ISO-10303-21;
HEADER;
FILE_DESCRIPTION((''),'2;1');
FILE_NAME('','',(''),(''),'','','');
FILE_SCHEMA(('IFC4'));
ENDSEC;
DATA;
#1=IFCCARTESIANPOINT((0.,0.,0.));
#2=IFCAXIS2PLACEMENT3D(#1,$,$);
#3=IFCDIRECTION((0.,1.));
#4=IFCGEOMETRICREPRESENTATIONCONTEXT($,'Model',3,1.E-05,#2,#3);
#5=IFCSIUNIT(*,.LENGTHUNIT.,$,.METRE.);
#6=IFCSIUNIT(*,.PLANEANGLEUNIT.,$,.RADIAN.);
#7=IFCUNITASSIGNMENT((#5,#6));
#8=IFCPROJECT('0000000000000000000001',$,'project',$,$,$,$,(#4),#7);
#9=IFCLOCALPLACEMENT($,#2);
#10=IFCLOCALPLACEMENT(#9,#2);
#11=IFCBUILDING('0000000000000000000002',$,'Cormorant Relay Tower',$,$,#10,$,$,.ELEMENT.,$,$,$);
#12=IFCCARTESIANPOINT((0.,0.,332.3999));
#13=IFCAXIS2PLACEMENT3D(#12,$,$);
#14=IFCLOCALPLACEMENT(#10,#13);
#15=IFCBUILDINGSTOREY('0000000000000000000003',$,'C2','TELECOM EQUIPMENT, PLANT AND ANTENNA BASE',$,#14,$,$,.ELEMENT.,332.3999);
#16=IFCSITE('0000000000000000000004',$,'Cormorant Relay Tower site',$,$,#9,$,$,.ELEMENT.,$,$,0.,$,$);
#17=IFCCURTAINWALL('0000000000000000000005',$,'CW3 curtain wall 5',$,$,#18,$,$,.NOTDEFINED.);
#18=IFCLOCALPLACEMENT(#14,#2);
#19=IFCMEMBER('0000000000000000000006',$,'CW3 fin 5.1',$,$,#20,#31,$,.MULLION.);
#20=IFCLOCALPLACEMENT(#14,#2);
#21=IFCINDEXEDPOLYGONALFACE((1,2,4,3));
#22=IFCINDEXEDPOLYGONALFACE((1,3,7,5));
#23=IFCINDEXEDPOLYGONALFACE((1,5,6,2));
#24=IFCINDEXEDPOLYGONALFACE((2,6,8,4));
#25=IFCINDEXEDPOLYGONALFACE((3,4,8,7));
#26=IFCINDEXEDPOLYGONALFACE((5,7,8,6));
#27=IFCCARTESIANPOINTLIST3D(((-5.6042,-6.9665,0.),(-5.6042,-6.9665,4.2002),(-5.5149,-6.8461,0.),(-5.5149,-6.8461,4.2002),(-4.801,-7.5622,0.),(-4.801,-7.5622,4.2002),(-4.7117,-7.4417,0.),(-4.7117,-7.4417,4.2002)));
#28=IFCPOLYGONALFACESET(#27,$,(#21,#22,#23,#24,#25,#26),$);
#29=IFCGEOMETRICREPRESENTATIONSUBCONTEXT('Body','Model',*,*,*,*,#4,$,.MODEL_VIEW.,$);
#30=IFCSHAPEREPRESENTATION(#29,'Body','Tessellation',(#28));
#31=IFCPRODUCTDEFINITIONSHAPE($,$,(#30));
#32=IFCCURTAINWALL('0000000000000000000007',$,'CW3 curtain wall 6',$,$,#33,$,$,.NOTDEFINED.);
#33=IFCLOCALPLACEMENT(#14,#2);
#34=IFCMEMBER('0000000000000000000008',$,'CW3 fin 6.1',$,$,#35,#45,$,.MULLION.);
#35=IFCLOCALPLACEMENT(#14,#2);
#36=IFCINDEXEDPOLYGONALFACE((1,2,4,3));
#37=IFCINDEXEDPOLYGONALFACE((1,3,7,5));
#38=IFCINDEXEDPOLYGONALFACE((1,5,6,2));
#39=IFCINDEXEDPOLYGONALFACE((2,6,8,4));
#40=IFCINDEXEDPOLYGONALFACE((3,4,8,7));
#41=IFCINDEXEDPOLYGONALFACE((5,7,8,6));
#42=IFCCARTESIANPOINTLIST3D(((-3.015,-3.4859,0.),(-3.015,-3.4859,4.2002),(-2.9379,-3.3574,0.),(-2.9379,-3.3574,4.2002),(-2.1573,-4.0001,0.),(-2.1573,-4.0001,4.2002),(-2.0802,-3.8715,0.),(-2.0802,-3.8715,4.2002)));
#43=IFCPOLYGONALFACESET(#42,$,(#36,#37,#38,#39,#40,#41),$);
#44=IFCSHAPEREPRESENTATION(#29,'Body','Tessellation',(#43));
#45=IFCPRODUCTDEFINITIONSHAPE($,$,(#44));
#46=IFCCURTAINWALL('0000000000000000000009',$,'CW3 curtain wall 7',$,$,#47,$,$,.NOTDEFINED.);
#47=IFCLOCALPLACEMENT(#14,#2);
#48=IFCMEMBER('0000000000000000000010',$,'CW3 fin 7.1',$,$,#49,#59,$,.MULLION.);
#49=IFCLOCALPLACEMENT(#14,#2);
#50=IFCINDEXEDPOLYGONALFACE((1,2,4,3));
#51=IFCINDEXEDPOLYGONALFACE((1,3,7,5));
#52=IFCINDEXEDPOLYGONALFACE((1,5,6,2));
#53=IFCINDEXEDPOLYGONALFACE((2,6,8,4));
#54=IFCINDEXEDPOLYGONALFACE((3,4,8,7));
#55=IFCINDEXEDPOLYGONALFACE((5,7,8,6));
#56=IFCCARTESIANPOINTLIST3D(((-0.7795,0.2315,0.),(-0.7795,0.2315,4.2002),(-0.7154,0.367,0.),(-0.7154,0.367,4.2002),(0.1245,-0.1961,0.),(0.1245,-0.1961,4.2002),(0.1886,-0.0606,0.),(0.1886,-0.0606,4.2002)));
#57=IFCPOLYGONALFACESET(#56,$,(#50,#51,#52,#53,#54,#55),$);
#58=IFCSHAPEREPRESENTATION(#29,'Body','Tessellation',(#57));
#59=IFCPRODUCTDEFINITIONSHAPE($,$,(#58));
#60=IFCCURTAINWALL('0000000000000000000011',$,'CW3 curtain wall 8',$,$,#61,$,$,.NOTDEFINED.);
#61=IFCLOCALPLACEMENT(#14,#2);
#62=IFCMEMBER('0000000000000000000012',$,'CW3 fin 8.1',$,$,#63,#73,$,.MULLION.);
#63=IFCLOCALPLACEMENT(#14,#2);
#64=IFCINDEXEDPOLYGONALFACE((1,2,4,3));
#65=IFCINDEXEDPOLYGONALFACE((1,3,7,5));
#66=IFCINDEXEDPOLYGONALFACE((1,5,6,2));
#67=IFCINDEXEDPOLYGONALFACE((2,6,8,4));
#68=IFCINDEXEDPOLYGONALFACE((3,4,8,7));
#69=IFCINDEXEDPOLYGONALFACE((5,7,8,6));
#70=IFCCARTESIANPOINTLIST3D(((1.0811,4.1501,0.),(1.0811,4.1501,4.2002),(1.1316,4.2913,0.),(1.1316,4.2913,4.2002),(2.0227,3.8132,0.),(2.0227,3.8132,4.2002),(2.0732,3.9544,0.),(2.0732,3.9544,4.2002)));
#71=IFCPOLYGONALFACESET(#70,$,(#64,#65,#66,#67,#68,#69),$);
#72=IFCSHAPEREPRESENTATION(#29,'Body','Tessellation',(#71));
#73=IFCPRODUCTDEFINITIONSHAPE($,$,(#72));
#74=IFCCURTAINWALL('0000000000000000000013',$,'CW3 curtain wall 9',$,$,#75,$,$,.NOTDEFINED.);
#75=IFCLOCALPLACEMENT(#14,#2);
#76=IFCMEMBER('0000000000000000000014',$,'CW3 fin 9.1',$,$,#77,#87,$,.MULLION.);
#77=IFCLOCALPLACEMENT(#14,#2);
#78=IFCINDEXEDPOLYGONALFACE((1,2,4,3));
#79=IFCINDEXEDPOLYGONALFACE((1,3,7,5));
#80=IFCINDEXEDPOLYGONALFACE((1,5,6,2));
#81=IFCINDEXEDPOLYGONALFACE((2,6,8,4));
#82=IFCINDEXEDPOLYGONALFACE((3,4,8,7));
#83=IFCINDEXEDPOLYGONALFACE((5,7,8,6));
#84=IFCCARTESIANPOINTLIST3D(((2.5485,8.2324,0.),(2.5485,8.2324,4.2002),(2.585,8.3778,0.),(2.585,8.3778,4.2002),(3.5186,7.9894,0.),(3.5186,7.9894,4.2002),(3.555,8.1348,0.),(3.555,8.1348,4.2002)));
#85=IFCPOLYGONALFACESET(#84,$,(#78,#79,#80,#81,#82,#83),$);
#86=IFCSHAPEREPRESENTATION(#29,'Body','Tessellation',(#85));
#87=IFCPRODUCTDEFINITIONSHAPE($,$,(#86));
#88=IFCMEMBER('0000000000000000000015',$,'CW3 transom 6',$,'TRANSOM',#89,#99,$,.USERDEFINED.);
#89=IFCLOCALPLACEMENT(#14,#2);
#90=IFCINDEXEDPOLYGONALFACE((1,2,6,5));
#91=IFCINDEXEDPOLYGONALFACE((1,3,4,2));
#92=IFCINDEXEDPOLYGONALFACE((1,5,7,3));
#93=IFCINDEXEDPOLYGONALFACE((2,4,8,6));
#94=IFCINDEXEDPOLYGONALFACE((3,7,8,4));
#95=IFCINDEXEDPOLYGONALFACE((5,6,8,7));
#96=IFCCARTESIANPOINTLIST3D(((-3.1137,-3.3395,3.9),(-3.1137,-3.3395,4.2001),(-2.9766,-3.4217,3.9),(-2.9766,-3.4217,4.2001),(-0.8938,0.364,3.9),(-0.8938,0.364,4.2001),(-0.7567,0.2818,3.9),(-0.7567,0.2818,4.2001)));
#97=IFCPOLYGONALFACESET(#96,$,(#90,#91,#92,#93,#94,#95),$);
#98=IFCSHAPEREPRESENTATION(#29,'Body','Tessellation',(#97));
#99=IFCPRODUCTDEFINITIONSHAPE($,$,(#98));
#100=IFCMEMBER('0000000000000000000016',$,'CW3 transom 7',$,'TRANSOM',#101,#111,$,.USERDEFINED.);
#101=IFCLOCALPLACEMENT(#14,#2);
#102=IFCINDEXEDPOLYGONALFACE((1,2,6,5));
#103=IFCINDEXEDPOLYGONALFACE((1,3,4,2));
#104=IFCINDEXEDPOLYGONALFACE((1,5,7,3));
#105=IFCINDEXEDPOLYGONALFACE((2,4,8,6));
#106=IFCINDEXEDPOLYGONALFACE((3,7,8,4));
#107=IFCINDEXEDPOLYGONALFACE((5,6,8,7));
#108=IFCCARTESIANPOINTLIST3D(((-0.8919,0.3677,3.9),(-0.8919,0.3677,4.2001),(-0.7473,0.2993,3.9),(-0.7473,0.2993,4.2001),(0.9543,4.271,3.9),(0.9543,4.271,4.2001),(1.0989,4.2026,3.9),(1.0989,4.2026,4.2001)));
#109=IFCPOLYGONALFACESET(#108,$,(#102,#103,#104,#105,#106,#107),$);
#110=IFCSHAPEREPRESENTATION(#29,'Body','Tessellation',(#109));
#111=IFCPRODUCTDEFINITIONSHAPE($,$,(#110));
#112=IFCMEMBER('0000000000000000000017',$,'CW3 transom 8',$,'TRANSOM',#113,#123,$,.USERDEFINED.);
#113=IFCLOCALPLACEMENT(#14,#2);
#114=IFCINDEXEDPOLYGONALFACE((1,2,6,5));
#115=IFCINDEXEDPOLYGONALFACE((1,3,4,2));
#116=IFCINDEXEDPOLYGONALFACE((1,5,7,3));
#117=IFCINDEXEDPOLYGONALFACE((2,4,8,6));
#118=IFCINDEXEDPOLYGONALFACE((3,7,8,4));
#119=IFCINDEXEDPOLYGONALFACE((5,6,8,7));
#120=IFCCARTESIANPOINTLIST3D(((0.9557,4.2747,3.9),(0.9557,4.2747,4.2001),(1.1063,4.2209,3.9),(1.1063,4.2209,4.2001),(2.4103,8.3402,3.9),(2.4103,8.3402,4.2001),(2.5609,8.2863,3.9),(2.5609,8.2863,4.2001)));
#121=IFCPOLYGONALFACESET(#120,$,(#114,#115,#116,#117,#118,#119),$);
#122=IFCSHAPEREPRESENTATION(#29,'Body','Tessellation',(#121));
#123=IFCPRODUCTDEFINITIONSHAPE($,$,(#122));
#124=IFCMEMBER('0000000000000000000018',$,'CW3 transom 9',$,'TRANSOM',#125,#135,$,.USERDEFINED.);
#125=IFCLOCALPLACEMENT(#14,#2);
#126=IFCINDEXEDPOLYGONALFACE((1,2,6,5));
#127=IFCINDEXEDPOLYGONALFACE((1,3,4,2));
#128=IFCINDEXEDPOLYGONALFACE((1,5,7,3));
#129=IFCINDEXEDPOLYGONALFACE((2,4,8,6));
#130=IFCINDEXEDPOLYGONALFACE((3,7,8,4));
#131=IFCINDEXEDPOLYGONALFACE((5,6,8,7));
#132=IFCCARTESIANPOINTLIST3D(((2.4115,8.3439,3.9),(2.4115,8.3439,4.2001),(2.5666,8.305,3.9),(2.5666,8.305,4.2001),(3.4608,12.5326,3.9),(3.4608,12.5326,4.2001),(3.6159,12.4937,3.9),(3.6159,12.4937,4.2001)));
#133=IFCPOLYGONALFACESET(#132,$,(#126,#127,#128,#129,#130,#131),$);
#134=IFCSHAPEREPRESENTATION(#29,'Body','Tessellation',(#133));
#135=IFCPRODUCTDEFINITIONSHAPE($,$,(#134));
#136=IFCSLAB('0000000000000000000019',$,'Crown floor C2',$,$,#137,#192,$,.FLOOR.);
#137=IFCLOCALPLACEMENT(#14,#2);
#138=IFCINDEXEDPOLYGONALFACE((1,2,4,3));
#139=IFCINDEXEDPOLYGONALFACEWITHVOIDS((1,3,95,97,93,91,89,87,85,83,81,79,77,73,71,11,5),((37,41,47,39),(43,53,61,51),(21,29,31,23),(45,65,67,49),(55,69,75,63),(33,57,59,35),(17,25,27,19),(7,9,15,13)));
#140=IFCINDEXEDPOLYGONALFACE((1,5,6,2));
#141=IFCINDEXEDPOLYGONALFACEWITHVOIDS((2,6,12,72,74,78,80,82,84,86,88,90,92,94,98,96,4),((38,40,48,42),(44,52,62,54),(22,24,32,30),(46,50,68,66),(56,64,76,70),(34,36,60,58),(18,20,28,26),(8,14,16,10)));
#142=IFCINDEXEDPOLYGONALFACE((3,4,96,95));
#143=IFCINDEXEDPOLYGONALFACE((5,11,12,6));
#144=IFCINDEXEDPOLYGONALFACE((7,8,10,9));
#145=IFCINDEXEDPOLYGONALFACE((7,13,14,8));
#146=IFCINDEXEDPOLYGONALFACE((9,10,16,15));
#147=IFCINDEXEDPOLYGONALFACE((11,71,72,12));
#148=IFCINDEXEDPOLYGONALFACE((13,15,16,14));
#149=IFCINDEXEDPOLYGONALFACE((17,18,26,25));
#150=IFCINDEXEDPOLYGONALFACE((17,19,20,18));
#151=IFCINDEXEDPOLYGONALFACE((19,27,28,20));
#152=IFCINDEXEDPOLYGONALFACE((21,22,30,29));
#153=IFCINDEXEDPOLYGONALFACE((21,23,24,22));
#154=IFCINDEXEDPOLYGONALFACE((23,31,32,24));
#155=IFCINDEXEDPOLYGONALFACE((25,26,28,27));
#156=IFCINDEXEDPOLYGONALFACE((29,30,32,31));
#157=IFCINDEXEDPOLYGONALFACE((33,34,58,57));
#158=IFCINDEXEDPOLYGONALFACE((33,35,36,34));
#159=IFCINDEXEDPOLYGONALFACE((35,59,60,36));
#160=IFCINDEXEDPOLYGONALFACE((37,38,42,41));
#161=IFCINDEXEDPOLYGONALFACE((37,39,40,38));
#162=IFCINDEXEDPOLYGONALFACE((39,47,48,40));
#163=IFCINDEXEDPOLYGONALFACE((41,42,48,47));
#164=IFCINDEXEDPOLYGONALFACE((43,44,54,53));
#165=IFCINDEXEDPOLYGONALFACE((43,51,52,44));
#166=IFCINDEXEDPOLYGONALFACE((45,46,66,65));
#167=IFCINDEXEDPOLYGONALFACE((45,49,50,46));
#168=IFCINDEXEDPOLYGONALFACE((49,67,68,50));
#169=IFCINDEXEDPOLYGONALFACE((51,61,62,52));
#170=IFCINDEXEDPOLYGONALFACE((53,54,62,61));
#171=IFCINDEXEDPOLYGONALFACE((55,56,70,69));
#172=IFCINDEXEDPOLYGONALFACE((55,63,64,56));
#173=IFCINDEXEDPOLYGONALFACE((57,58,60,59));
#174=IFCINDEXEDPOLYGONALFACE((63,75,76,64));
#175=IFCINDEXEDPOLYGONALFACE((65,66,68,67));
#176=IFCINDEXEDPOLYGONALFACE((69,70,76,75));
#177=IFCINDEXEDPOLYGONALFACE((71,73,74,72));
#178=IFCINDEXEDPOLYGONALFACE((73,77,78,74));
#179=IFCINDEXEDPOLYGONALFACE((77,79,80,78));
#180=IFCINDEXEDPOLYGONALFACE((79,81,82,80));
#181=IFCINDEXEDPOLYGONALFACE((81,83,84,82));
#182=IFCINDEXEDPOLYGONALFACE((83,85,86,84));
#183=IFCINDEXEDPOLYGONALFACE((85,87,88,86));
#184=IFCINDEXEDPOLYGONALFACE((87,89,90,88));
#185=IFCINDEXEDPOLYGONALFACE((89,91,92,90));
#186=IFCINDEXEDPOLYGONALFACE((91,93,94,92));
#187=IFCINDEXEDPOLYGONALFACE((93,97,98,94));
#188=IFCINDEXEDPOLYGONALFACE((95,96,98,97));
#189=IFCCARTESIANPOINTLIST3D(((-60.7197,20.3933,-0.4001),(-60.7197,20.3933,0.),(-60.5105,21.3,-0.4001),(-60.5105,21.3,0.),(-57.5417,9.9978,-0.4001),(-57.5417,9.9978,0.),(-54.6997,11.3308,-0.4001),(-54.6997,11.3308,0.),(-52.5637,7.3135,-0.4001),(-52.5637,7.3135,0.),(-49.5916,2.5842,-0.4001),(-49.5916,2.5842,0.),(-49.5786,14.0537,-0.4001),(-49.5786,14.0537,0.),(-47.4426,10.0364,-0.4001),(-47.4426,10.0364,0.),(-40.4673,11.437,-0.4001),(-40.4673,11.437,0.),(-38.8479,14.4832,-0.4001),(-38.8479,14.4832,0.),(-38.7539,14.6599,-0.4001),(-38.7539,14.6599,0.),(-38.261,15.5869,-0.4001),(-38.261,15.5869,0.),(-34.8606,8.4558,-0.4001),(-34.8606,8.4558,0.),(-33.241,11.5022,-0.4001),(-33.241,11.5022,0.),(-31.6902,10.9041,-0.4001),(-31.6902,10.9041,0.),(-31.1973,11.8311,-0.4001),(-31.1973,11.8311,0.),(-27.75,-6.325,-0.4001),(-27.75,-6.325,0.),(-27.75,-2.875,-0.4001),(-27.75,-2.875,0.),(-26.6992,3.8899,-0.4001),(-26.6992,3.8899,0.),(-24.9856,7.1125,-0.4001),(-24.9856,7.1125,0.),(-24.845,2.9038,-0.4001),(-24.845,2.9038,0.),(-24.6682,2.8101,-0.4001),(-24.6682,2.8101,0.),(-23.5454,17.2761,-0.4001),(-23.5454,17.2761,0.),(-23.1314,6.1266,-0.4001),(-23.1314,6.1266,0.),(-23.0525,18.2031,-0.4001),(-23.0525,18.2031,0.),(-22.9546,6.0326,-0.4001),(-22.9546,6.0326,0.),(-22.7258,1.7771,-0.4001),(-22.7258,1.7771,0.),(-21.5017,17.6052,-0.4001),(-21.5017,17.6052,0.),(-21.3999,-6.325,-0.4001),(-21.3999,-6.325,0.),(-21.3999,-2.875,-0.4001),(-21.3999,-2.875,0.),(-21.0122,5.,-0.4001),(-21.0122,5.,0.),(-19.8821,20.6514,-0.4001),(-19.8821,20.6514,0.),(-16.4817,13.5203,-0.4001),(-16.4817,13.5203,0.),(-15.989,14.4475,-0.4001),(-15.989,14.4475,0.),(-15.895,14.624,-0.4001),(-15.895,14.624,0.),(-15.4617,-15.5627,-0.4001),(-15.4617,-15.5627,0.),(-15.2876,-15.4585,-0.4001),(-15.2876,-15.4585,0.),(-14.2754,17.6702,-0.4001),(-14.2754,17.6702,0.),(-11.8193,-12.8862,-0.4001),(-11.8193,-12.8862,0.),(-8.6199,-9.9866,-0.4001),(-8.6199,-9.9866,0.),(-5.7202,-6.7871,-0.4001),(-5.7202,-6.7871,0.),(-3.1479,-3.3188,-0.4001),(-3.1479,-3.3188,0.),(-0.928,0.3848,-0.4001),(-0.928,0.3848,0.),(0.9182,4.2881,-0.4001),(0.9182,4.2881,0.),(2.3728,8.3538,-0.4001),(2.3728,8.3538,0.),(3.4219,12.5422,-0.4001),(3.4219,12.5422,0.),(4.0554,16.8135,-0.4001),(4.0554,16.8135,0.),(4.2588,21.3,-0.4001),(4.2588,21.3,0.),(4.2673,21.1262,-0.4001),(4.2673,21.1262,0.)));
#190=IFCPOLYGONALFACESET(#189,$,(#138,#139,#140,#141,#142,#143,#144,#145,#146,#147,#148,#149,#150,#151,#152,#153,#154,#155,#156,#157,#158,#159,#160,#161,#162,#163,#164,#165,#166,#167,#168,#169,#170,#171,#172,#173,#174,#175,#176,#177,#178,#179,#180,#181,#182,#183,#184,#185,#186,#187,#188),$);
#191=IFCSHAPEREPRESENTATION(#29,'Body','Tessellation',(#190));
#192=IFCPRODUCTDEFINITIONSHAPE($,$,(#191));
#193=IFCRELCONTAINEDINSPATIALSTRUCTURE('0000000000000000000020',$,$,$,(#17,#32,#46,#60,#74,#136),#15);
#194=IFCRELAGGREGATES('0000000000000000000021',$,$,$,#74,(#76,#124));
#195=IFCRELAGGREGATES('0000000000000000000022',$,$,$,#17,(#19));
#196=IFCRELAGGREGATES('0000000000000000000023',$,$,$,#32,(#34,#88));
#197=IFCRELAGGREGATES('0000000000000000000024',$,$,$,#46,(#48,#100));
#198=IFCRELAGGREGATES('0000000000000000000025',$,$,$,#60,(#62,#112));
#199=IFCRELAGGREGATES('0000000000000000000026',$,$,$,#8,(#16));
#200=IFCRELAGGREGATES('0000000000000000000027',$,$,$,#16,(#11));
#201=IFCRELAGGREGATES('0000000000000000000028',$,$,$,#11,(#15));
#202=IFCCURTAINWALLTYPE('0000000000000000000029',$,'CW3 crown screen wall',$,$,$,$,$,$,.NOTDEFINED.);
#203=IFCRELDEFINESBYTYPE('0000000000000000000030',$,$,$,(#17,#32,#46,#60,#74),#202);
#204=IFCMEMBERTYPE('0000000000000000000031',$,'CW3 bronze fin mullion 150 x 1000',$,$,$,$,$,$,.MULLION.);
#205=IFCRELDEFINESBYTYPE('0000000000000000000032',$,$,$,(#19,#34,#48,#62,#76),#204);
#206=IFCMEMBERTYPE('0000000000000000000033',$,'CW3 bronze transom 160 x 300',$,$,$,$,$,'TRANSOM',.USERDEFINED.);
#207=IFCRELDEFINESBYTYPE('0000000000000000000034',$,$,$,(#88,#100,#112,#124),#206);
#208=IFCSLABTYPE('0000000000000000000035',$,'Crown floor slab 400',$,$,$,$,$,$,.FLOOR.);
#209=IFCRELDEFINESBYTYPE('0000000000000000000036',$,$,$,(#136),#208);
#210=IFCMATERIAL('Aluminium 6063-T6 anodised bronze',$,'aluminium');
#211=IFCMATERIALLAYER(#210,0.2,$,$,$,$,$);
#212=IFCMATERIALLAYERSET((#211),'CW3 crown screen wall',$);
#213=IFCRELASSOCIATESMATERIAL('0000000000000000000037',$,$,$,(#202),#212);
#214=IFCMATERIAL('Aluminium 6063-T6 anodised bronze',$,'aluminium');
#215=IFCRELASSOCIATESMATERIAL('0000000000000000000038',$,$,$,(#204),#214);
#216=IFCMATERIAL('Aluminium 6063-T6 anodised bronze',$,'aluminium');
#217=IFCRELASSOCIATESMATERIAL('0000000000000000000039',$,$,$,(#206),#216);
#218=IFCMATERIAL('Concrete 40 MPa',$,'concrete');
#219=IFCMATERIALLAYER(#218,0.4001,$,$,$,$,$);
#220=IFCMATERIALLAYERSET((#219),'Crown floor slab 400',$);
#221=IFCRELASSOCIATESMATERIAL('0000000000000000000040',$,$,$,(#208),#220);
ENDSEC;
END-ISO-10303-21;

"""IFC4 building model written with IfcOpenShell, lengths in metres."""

from ifc_helpers import new_model, si_unit, direction, frame, origin, origin_2d, place, context, subcontext, project, spatial, polyline, rectangle, outline, extrude, material, layer, layer_set, material_profile, profile_set, type_object, element, aggregate, save


model = new_model("IFC4")

# Units and contexts
model_context = context("Model", 3, precision=1e-05, world=origin(), true_north=direction((0.0, 1.0)))
body_context = subcontext(model_context, "Body", "Model", "MODEL_VIEW")
ifc_project = project(units=[si_unit("LENGTHUNIT", "METRE"), si_unit("PLANEANGLEUNIT", "RADIAN")], contexts=[model_context])

# Site, building, storey
site_placement = place(None, origin())
site = spatial("IfcSite", under=ifc_project, at=site_placement, Name="Cormorant Relay Tower site", CompositionType="ELEMENT", RefElevation=0.0)
building_placement = place(site_placement, origin())
building = spatial("IfcBuilding", under=site, at=building_placement, Name="Cormorant Relay Tower", CompositionType="ELEMENT")
storey_placement = place(building_placement, frame((0.0, 0.0, 332.3999)))
storey = spatial("IfcBuildingStorey", under=building, at=storey_placement, Name="C2", Description="TELECOM EQUIPMENT, PLANT AND ANTENNA BASE", CompositionType="ELEMENT", Elevation=332.3999)

# Curtain walls, members
ifc_material_1 = material(Name="Aluminium 6063-T6 anodised bronze", Category="aluminium")
ifc_layer_1 = layer(ifc_material_1, 0.2)
ifc_layer_set_1 = layer_set([ifc_layer_1], Name="CW3 crown screen wall")
curtain_wall_type = type_object("IfcCurtainWallType", Name="CW3 crown screen wall", PredefinedType="NOTDEFINED", material=ifc_layer_set_1)
curtain_wall_1_placement = place(storey_placement, origin())
curtain_wall_1 = element("IfcCurtainWall", 1, at=curtain_wall_1_placement, inside=storey, type_object=curtain_wall_type, Name="CW3 curtain wall 5", PredefinedType="NOTDEFINED")
ifc_material_2 = material(Name="Aluminium 6063-T6 anodised bronze", Category="aluminium")
ifc_material_profile_1 = material_profile(ifc_material_2, rectangle(XDim=0.1499, YDim=1.0, at=origin_2d()), Name="AL 150x1000")
ifc_profile_set_1 = profile_set([ifc_material_profile_1], Name="Aluminium 6063-T6 anodised bronze")
member_type_1 = type_object("IfcMemberType", Name="CW3 bronze fin mullion 150 x 1000", PredefinedType="MULLION", material=ifc_profile_set_1)
member_1_placement = place(storey_placement, frame((-5.158, -7.2041, 0.0), z_axis=(0.0, 0.0, 1.0), x_axis=(0.595699, 0.803208, 0.0)))
member_1 = element("IfcMember", 2, at=member_1_placement, type_object=member_type_1, Name="CW3 fin 5.1", PredefinedType="MULLION", context=body_context, shape_type="SweptSolid", body=[
    extrude(rectangle(XDim=0.1499, YDim=1.0, at=origin_2d()), origin(), (0.0, 0.0, 1.0), 4.2002),
])
curtain_wall_2_placement = place(storey_placement, origin())
curtain_wall_2 = element("IfcCurtainWall", 3, at=curtain_wall_2_placement, inside=storey, type_object=curtain_wall_type, Name="CW3 curtain wall 6", PredefinedType="NOTDEFINED")
member_2_placement = place(storey_placement, frame((-2.5476, -3.6787, 0.0), z_axis=(0.0, 0.0, 1.0), x_axis=(0.514103, 0.857729, 0.0)))
member_2 = element("IfcMember", 4, at=member_2_placement, type_object=member_type_1, Name="CW3 fin 6.1", PredefinedType="MULLION", context=body_context, shape_type="SweptSolid", body=[
    extrude(rectangle(XDim=0.1499, YDim=1.0, at=origin_2d()), origin(), (0.0, 0.0, 1.0), 4.2002),
])
curtain_wall_3_placement = place(storey_placement, origin())
curtain_wall_3 = element("IfcCurtainWall", 5, at=curtain_wall_3_placement, inside=storey, type_object=curtain_wall_type, Name="CW3 curtain wall 7", PredefinedType="NOTDEFINED")
member_3_placement = place(storey_placement, frame((-0.2954, 0.0854, 0.0), z_axis=(0.0, 0.0, 1.0), x_axis=(0.427555, 0.903989, 0.0)))
member_3 = element("IfcMember", 6, at=member_3_placement, type_object=member_type_1, Name="CW3 fin 7.1", PredefinedType="MULLION", context=body_context, shape_type="SweptSolid", body=[
    extrude(rectangle(XDim=0.1499, YDim=1.0, at=origin_2d()), origin(), (0.0, 0.0, 1.0), 4.2002),
])
curtain_wall_4_placement = place(storey_placement, origin())
curtain_wall_4 = element("IfcCurtainWall", 7, at=curtain_wall_4_placement, inside=storey, type_object=curtain_wall_type, Name="CW3 curtain wall 8", PredefinedType="NOTDEFINED")
member_4_placement = place(storey_placement, frame((1.5771, 4.0522, 0.0), z_axis=(0.0, 0.0, 1.0), x_axis=(0.33689, 0.941544, 0.0)))
member_4 = element("IfcMember", 8, at=member_4_placement, type_object=member_type_1, Name="CW3 fin 8.1", PredefinedType="MULLION", context=body_context, shape_type="SweptSolid", body=[
    extrude(rectangle(XDim=0.1499, YDim=1.0, at=origin_2d()), origin(), (0.0, 0.0, 1.0), 4.2002),
])
curtain_wall_5_placement = place(storey_placement, origin())
curtain_wall_5 = element("IfcCurtainWall", 9, at=curtain_wall_5_placement, inside=storey, type_object=curtain_wall_type, Name="CW3 curtain wall 9", PredefinedType="NOTDEFINED")
member_5_placement = place(storey_placement, frame((3.0518, 8.1836, 0.0), z_axis=(0.0, 0.0, 1.0), x_axis=(0.24298, 0.970031, 0.0)))
member_5 = element("IfcMember", 10, at=member_5_placement, type_object=member_type_1, Name="CW3 fin 9.1", PredefinedType="MULLION", context=body_context, shape_type="SweptSolid", body=[
    extrude(rectangle(XDim=0.1499, YDim=1.0, at=origin_2d()), origin(), (0.0, 0.0, 1.0), 4.2002),
])

# Members
ifc_material_3 = material(Name="Aluminium 6063-T6 anodised bronze", Category="aluminium")
ifc_material_profile_2 = material_profile(ifc_material_3, rectangle(XDim=0.1599, YDim=0.3, at=origin_2d()), Name="AL 160x300")
ifc_profile_set_2 = profile_set([ifc_material_profile_2], Name="Aluminium 6063-T6 anodised bronze")
member_type_2 = type_object("IfcMemberType", Name="CW3 bronze transom 160 x 300", ElementType="TRANSOM", PredefinedType="USERDEFINED", material=ifc_profile_set_2)
member_6_placement = place(storey_placement, frame((-3.0452, -3.3806, 4.05), z_axis=(0.514122, 0.857717, 0.0), x_axis=(-0.857717, 0.514122, 0.0)))
member_6 = element("IfcMember", 11, at=member_6_placement, type_object=member_type_2, Name="CW3 transom 6", ObjectType="TRANSOM", PredefinedType="USERDEFINED", context=body_context, shape_type="SweptSolid", body=[
    extrude(rectangle(XDim=0.1599, YDim=0.3, at=origin_2d()), origin(), (0.0, 0.0, 1.0), 4.3179),
])
member_7_placement = place(storey_placement, frame((-0.8196, 0.3335, 4.05), z_axis=(0.427566, 0.903984, 0.0), x_axis=(-0.903984, 0.427566, 0.0)))
member_7 = element("IfcMember", 12, at=member_7_placement, type_object=member_type_2, Name="CW3 transom 7", ObjectType="TRANSOM", PredefinedType="USERDEFINED", context=body_context, shape_type="SweptSolid", body=[
    extrude(rectangle(XDim=0.1599, YDim=0.3, at=origin_2d()), origin(), (0.0, 0.0, 1.0), 4.3179),
])
member_8_placement = place(storey_placement, frame((1.031, 4.2478, 4.05), z_axis=(0.336881, 0.941547, 0.0), x_axis=(-0.941547, 0.336881, 0.0)))
member_8 = element("IfcMember", 13, at=member_8_placement, type_object=member_type_2, Name="CW3 transom 8", ObjectType="TRANSOM", PredefinedType="USERDEFINED", context=body_context, shape_type="SweptSolid", body=[
    extrude(rectangle(XDim=0.1599, YDim=0.3, at=origin_2d()), origin(), (0.0, 0.0, 1.0), 4.3179),
])
member_9_placement = place(storey_placement, frame((2.489, 8.3245, 4.05), z_axis=(0.243001, 0.970026, 0.0), x_axis=(-0.970026, 0.243001, 0.0)))
member_9 = element("IfcMember", 14, at=member_9_placement, type_object=member_type_2, Name="CW3 transom 9", ObjectType="TRANSOM", PredefinedType="USERDEFINED", context=body_context, shape_type="SweptSolid", body=[
    extrude(rectangle(XDim=0.1599, YDim=0.3, at=origin_2d()), origin(), (0.0, 0.0, 1.0), 4.3181),
])
aggregate(curtain_wall_5, [member_5, member_9])

# Slab
ifc_material_4 = material(Name="Concrete 40 MPa", Category="concrete")
ifc_layer_2 = layer(ifc_material_4, 0.4001)
ifc_layer_set_2 = layer_set([ifc_layer_2], Name="Crown floor slab 400")
slab_type_1 = type_object("IfcSlabType", Name="Crown floor slab 400", PredefinedType="FLOOR", material=ifc_layer_set_2)
slab_1_placement = place(storey_placement, frame((0.0, 0.0, -0.4001)))
element("IfcSlab", 15, at=slab_1_placement, inside=storey, type_object=slab_type_1, Name="Crown floor C2", PredefinedType="FLOOR", context=body_context, shape_type="SweptSolid", body=[
    extrude(outline(polyline([(-15.4617, -15.5627), (-15.2876, -15.4585), (-11.8193, -12.8862), (-8.6199, -9.9866), (-5.7202, -6.7871), (-3.1479, -3.3188), (-0.928, 0.3848), (0.9182, 4.2881), (2.3728, 8.3538), (3.4219, 12.5422), (4.0554, 16.8135), (4.2673, 21.1262), (4.2588, 21.3), (-60.5105, 21.3), (-60.7197, 20.3933), (-57.5417, 9.9978), (-49.5916, 2.5842), (-15.4617, -15.5627)]), holes=[polyline([(-21.3999, -2.875), (-27.75, -2.875), (-27.75, -6.325), (-21.3999, -6.325), (-21.3999, -2.875)]), polyline([(-22.9546, 6.0327), (-24.6682, 2.8101), (-22.7258, 1.7771), (-21.0122, 5.0), (-23.043, 6.0796), (-22.9546, 6.0327)]), polyline([(-24.9856, 7.1125), (-26.6992, 3.8899), (-24.845, 2.9038), (-23.1313, 6.1267), (-23.043, 6.0796), (-24.9856, 7.1125)]), polyline([(-54.6997, 11.3308), (-52.5637, 7.3135), (-47.4426, 10.0364), (-49.5786, 14.0537), (-54.6997, 11.3308)]), polyline([(-38.8479, 14.4832), (-40.4673, 11.437), (-34.8606, 8.4558), (-33.241, 11.5022), (-38.8479, 14.4832)]), polyline([(-31.6902, 10.9041), (-31.1973, 11.8311), (-38.261, 15.5869), (-38.7539, 14.6599), (-31.6902, 10.9041)]), polyline([(-23.0525, 18.2031), (-23.5454, 17.2761), (-16.4817, 13.5203), (-15.989, 14.4475), (-23.0525, 18.2031)]), polyline([(-14.2754, 17.6702), (-19.8821, 20.6514), (-21.5017, 17.6052), (-15.895, 14.624), (-14.2754, 17.6702)])]), origin(), (0.0, 0.0, 1.0), 0.4001),
])

aggregate(curtain_wall_1, [member_1])
aggregate(curtain_wall_2, [member_2, member_6])
aggregate(curtain_wall_3, [member_3, member_7])
aggregate(curtain_wall_4, [member_4, member_8])

save(model, "model.ifc")
